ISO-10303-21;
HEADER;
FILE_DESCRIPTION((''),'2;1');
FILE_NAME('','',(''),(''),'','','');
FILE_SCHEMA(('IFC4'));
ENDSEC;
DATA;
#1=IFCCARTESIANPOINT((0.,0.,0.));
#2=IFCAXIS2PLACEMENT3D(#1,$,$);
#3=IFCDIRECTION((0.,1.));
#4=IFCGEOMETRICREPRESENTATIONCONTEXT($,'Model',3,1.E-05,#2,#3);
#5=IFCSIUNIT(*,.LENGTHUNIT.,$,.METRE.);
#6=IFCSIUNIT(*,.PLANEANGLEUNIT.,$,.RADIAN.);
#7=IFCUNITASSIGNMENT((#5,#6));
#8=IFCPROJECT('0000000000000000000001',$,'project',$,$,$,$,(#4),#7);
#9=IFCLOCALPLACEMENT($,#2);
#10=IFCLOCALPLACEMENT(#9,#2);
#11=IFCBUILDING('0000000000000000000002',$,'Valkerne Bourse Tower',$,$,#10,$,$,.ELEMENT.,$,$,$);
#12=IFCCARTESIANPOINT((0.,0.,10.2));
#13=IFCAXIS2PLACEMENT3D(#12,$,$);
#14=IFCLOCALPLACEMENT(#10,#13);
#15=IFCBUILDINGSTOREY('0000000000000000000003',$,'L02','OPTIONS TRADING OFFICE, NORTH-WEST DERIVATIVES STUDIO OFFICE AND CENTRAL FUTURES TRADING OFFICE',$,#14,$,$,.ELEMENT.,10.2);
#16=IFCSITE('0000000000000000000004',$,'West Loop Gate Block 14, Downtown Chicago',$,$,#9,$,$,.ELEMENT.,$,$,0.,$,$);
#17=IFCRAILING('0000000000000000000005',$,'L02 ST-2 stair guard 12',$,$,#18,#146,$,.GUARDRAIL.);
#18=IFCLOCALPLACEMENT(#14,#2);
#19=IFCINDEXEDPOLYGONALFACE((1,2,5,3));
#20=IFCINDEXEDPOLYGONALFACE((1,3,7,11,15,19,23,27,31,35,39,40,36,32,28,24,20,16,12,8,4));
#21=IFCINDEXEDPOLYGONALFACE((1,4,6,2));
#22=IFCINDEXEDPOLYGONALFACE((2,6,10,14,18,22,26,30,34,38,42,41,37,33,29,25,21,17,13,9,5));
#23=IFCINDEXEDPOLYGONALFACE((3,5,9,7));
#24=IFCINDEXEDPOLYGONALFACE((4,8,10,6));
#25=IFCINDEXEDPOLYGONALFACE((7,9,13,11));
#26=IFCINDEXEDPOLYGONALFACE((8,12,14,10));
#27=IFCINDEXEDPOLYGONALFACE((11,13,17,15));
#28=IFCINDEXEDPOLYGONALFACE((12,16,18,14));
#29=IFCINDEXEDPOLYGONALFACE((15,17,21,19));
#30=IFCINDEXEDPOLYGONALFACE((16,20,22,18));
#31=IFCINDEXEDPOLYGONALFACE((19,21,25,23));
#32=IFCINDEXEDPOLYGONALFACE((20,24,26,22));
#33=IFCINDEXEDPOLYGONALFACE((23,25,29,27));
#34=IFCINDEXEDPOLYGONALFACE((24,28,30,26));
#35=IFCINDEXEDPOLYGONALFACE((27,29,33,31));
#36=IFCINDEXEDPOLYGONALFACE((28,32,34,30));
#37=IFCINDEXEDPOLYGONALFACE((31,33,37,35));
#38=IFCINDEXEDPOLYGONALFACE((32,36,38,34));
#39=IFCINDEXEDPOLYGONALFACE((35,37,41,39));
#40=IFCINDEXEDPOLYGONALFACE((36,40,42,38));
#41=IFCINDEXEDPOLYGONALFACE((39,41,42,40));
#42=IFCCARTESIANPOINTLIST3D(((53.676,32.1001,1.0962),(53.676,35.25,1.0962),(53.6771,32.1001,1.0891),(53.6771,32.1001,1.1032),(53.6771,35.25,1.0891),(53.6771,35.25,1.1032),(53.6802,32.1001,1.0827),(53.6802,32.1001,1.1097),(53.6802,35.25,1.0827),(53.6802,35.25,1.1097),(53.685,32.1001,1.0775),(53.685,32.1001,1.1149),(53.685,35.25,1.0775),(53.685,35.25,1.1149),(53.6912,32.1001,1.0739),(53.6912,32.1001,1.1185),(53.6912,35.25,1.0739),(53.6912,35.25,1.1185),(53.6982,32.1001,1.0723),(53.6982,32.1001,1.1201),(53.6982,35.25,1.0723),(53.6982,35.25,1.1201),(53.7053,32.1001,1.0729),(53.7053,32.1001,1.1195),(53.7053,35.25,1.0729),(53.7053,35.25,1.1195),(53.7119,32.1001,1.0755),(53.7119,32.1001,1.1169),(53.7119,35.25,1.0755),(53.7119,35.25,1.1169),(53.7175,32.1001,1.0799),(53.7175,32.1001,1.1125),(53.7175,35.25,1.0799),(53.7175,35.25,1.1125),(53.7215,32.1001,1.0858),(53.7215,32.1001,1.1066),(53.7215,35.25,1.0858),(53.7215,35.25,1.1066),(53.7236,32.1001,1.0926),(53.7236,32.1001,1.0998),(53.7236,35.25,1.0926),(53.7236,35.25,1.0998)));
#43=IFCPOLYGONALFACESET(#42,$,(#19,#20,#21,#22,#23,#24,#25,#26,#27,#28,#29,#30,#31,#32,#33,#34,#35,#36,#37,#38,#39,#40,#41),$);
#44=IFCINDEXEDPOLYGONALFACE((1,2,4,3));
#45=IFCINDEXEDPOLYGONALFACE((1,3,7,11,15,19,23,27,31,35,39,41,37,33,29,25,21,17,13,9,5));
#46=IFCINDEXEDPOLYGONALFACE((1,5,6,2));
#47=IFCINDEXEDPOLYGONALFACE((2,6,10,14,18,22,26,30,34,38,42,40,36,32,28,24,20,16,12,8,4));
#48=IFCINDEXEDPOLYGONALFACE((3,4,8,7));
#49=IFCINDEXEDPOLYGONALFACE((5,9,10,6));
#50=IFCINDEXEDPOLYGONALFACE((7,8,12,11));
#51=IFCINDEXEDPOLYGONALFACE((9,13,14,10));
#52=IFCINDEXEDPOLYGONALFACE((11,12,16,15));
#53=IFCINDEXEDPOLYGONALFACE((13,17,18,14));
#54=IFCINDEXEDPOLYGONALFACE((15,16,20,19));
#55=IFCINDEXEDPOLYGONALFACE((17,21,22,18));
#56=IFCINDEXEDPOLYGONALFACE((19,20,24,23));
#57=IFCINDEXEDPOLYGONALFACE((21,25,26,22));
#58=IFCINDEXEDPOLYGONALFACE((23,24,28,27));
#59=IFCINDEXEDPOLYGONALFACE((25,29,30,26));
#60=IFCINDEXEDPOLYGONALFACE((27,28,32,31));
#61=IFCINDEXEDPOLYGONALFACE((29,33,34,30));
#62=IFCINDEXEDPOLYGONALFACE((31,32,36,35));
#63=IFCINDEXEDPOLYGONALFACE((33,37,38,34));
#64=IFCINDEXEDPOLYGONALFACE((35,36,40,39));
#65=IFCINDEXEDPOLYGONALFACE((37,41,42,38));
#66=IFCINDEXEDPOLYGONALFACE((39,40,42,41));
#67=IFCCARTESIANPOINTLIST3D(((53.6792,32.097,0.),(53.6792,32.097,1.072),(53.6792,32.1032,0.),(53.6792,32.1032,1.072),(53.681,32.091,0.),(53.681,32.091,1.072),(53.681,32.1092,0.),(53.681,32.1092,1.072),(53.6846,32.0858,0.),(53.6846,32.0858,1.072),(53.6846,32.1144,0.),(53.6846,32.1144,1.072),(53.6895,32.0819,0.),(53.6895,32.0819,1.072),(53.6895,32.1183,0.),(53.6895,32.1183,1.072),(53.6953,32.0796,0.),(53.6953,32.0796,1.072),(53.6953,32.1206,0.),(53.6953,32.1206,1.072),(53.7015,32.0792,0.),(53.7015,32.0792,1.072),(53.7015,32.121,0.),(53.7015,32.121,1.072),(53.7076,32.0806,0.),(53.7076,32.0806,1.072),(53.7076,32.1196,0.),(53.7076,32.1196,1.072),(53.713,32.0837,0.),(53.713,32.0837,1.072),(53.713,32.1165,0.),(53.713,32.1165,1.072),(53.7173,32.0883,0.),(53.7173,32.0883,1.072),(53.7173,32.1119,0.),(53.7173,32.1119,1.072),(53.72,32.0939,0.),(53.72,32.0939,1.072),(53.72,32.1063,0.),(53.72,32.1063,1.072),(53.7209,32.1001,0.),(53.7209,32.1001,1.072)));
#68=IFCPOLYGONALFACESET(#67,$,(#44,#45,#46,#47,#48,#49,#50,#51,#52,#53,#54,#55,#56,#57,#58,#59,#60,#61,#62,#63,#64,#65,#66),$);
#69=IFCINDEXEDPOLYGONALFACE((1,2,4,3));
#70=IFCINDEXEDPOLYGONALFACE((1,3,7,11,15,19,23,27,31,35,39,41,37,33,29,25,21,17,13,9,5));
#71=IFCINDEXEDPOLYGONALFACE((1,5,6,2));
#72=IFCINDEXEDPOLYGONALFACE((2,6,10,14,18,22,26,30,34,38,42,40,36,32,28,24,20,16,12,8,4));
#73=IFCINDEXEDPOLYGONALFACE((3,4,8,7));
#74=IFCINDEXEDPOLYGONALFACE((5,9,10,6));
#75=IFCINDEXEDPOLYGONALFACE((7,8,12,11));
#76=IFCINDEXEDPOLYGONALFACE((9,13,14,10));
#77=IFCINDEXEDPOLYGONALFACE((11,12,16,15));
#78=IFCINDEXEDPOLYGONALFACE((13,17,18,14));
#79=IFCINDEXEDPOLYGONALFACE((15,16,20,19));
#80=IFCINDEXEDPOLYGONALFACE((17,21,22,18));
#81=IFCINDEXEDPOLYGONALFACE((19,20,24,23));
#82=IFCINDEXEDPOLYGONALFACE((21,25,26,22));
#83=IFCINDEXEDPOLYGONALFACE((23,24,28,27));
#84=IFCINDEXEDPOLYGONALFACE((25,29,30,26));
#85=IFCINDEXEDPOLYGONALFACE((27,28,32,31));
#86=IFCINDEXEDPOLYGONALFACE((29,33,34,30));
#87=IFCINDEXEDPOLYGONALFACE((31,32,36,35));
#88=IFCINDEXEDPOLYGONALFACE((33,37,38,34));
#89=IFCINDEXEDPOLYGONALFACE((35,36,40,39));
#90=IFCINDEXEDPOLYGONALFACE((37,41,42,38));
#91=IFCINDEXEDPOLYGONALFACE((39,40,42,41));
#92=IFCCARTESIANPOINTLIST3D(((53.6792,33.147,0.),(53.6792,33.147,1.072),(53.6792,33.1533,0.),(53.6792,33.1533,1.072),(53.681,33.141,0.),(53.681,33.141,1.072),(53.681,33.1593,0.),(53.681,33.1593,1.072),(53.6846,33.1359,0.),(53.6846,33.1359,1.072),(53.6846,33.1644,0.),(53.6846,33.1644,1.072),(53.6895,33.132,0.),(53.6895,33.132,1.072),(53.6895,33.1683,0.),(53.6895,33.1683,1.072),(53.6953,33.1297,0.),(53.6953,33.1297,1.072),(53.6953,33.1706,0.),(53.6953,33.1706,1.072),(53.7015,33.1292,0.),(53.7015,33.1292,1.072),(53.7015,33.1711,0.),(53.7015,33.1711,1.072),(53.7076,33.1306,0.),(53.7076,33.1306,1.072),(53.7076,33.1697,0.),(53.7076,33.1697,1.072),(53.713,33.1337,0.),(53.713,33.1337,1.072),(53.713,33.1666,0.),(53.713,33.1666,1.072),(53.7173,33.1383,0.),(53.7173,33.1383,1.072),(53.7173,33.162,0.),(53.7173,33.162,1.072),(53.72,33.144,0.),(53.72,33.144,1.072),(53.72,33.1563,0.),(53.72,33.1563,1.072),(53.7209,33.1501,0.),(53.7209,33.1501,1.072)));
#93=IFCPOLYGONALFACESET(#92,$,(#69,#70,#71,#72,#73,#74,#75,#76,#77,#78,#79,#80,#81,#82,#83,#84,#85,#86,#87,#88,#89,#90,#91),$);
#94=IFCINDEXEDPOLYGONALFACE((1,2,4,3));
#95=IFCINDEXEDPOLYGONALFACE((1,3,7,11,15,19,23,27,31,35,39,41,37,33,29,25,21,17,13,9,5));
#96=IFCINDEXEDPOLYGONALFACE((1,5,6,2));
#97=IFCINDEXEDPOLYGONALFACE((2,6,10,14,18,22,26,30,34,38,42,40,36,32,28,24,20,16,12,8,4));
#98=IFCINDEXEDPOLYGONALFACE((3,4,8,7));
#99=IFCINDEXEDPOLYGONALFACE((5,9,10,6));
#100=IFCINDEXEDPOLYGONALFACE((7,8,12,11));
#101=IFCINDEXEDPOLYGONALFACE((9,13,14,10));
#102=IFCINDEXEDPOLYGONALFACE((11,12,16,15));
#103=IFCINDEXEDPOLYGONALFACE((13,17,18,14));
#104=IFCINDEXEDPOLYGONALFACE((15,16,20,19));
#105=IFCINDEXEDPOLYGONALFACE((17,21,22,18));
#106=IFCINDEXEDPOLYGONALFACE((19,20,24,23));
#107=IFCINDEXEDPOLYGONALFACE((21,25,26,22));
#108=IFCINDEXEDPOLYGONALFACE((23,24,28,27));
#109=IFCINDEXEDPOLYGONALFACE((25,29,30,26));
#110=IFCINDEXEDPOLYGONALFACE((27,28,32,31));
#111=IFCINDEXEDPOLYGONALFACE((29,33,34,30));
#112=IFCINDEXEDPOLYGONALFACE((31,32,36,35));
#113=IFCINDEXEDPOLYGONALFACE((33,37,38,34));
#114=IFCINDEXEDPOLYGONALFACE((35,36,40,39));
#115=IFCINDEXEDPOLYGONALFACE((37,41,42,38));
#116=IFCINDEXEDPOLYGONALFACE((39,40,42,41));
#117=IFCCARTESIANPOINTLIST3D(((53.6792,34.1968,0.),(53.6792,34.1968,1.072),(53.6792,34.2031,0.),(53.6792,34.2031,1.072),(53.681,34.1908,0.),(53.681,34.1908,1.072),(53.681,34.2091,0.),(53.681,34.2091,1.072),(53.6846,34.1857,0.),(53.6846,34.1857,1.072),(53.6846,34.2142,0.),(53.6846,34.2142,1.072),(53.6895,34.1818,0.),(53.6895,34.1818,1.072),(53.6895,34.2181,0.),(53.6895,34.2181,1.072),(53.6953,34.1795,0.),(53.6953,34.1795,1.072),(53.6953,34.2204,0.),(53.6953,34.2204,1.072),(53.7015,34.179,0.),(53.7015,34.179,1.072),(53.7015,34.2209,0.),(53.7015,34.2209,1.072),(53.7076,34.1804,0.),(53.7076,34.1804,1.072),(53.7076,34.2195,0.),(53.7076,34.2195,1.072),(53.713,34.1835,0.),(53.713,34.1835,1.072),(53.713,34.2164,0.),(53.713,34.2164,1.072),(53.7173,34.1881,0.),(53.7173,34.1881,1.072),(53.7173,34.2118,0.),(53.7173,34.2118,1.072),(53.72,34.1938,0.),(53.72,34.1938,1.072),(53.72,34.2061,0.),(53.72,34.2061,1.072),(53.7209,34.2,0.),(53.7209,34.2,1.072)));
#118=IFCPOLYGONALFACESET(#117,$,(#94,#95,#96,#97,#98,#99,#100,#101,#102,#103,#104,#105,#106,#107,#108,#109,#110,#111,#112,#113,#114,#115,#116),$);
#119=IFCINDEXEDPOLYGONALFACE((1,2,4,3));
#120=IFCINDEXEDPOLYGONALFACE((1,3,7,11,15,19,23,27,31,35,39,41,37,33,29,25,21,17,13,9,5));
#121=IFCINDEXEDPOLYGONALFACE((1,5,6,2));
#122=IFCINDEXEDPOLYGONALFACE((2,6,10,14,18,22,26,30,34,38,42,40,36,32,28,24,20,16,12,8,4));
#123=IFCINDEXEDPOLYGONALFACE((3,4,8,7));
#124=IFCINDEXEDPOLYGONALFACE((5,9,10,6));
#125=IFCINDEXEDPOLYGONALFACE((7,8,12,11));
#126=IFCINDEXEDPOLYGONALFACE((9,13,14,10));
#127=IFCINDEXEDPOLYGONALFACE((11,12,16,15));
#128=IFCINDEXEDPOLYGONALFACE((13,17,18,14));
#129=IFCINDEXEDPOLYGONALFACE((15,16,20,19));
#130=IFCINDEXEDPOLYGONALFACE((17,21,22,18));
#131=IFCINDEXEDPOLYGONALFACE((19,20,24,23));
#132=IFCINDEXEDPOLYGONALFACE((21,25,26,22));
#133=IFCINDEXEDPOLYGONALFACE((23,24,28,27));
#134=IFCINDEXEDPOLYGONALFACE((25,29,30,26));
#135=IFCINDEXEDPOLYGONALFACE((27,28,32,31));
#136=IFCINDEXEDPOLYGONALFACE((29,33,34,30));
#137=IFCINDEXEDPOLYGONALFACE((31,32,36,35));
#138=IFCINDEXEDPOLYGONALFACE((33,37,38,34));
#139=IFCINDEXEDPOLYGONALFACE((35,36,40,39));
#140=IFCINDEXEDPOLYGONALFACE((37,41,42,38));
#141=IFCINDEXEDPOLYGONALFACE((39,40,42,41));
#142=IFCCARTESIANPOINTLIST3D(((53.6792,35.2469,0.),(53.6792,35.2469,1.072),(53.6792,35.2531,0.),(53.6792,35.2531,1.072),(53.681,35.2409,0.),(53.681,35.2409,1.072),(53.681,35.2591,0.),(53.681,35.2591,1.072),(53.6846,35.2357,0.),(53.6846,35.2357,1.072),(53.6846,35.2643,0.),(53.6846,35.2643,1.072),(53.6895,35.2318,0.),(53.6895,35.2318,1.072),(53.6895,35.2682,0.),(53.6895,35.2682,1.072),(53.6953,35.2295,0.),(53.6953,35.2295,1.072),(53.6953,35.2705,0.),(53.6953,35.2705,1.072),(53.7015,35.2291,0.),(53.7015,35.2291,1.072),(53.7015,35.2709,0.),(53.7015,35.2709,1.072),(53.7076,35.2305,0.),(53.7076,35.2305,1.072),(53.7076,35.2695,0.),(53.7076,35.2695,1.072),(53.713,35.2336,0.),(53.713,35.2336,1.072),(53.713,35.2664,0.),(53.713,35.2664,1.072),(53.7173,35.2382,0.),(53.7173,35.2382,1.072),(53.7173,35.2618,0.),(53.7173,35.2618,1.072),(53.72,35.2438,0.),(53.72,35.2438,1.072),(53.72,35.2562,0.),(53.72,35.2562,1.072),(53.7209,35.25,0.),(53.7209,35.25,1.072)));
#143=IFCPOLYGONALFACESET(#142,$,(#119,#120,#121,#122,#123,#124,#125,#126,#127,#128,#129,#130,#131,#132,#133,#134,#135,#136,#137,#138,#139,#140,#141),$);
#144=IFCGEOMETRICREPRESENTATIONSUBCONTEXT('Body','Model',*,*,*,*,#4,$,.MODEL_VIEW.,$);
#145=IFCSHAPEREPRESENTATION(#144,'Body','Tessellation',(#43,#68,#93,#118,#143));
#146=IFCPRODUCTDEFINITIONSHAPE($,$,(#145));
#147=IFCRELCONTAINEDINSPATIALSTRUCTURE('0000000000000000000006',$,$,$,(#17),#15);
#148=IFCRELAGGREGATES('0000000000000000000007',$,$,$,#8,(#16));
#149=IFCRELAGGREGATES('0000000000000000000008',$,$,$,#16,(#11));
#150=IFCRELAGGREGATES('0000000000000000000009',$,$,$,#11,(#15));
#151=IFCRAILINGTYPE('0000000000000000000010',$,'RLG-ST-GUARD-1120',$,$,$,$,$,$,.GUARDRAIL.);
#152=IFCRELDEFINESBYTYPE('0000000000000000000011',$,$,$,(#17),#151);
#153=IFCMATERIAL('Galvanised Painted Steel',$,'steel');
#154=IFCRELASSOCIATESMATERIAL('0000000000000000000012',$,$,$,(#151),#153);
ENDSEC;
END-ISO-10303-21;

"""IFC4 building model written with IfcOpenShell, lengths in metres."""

from ifc_helpers import new_model, si_unit, direction, frame, origin, origin_2d, place, context, subcontext, project, spatial, circle, extrude, material, type_object, element, save


model = new_model("IFC4")

# Units and contexts
model_context = context("Model", 3, precision=1e-05, world=origin(), true_north=direction((0.0, 1.0)))
body_context = subcontext(model_context, "Body", "Model", "MODEL_VIEW")
ifc_project = project(units=[si_unit("LENGTHUNIT", "METRE"), si_unit("PLANEANGLEUNIT", "RADIAN")], contexts=[model_context])

# Site, building, storey
site_placement = place(None, origin())
site = spatial("IfcSite", under=ifc_project, at=site_placement, Name="West Loop Gate Block 14, Downtown Chicago", CompositionType="ELEMENT", RefElevation=0.0)
building_placement = place(site_placement, origin())
building = spatial("IfcBuilding", under=site, at=building_placement, Name="Valkerne Bourse Tower", CompositionType="ELEMENT")
storey_placement = place(building_placement, frame((0.0, 0.0, 10.2)))
storey = spatial("IfcBuildingStorey", under=building, at=storey_placement, Name="L02", Description="OPTIONS TRADING OFFICE, NORTH-WEST DERIVATIVES STUDIO OFFICE AND CENTRAL FUTURES TRADING OFFICE", CompositionType="ELEMENT", Elevation=10.2)

# Shared definitions
ifc_material_1 = material(Name="Galvanised Painted Steel", Category="steel")

# Railing
railing_type_1 = type_object("IfcRailingType", Name="RLG-ST-GUARD-1120", PredefinedType="GUARDRAIL", material=ifc_material_1)
railing_1_placement = place(storey_placement, frame((53.7, 32.1001, 0.0)))
element("IfcRailing", 1, at=railing_1_placement, inside=storey, type_object=railing_type_1, Name="L02 ST-2 stair guard 12", PredefinedType="GUARDRAIL", context=body_context, shape_type="SweptSolid", body=[
    extrude(circle(Radius=0.0239, at=origin_2d()), frame((0.0, 0.0, 1.0962), z_axis=(0.0, 1.0, 0.0), x_axis=(-1.0, 0.0, 0.0)), (0.0, 0.0, 1.0), 3.1499),
    extrude(circle(Radius=0.021, at=origin_2d()), origin(), (0.0, 0.0, 1.0), 1.072),
    extrude(circle(Radius=0.021, at=origin_2d()), frame((0.0, 1.05, 0.0)), (0.0, 0.0, 1.0), 1.072),
    extrude(circle(Radius=0.021, at=origin_2d()), frame((0.0, 2.0999, 0.0)), (0.0, 0.0, 1.0), 1.072),
    extrude(circle(Radius=0.021, at=origin_2d()), frame((0.0, 3.1499, 0.0)), (0.0, 0.0, 1.0), 1.072),
])

save(model, "model.ifc")
